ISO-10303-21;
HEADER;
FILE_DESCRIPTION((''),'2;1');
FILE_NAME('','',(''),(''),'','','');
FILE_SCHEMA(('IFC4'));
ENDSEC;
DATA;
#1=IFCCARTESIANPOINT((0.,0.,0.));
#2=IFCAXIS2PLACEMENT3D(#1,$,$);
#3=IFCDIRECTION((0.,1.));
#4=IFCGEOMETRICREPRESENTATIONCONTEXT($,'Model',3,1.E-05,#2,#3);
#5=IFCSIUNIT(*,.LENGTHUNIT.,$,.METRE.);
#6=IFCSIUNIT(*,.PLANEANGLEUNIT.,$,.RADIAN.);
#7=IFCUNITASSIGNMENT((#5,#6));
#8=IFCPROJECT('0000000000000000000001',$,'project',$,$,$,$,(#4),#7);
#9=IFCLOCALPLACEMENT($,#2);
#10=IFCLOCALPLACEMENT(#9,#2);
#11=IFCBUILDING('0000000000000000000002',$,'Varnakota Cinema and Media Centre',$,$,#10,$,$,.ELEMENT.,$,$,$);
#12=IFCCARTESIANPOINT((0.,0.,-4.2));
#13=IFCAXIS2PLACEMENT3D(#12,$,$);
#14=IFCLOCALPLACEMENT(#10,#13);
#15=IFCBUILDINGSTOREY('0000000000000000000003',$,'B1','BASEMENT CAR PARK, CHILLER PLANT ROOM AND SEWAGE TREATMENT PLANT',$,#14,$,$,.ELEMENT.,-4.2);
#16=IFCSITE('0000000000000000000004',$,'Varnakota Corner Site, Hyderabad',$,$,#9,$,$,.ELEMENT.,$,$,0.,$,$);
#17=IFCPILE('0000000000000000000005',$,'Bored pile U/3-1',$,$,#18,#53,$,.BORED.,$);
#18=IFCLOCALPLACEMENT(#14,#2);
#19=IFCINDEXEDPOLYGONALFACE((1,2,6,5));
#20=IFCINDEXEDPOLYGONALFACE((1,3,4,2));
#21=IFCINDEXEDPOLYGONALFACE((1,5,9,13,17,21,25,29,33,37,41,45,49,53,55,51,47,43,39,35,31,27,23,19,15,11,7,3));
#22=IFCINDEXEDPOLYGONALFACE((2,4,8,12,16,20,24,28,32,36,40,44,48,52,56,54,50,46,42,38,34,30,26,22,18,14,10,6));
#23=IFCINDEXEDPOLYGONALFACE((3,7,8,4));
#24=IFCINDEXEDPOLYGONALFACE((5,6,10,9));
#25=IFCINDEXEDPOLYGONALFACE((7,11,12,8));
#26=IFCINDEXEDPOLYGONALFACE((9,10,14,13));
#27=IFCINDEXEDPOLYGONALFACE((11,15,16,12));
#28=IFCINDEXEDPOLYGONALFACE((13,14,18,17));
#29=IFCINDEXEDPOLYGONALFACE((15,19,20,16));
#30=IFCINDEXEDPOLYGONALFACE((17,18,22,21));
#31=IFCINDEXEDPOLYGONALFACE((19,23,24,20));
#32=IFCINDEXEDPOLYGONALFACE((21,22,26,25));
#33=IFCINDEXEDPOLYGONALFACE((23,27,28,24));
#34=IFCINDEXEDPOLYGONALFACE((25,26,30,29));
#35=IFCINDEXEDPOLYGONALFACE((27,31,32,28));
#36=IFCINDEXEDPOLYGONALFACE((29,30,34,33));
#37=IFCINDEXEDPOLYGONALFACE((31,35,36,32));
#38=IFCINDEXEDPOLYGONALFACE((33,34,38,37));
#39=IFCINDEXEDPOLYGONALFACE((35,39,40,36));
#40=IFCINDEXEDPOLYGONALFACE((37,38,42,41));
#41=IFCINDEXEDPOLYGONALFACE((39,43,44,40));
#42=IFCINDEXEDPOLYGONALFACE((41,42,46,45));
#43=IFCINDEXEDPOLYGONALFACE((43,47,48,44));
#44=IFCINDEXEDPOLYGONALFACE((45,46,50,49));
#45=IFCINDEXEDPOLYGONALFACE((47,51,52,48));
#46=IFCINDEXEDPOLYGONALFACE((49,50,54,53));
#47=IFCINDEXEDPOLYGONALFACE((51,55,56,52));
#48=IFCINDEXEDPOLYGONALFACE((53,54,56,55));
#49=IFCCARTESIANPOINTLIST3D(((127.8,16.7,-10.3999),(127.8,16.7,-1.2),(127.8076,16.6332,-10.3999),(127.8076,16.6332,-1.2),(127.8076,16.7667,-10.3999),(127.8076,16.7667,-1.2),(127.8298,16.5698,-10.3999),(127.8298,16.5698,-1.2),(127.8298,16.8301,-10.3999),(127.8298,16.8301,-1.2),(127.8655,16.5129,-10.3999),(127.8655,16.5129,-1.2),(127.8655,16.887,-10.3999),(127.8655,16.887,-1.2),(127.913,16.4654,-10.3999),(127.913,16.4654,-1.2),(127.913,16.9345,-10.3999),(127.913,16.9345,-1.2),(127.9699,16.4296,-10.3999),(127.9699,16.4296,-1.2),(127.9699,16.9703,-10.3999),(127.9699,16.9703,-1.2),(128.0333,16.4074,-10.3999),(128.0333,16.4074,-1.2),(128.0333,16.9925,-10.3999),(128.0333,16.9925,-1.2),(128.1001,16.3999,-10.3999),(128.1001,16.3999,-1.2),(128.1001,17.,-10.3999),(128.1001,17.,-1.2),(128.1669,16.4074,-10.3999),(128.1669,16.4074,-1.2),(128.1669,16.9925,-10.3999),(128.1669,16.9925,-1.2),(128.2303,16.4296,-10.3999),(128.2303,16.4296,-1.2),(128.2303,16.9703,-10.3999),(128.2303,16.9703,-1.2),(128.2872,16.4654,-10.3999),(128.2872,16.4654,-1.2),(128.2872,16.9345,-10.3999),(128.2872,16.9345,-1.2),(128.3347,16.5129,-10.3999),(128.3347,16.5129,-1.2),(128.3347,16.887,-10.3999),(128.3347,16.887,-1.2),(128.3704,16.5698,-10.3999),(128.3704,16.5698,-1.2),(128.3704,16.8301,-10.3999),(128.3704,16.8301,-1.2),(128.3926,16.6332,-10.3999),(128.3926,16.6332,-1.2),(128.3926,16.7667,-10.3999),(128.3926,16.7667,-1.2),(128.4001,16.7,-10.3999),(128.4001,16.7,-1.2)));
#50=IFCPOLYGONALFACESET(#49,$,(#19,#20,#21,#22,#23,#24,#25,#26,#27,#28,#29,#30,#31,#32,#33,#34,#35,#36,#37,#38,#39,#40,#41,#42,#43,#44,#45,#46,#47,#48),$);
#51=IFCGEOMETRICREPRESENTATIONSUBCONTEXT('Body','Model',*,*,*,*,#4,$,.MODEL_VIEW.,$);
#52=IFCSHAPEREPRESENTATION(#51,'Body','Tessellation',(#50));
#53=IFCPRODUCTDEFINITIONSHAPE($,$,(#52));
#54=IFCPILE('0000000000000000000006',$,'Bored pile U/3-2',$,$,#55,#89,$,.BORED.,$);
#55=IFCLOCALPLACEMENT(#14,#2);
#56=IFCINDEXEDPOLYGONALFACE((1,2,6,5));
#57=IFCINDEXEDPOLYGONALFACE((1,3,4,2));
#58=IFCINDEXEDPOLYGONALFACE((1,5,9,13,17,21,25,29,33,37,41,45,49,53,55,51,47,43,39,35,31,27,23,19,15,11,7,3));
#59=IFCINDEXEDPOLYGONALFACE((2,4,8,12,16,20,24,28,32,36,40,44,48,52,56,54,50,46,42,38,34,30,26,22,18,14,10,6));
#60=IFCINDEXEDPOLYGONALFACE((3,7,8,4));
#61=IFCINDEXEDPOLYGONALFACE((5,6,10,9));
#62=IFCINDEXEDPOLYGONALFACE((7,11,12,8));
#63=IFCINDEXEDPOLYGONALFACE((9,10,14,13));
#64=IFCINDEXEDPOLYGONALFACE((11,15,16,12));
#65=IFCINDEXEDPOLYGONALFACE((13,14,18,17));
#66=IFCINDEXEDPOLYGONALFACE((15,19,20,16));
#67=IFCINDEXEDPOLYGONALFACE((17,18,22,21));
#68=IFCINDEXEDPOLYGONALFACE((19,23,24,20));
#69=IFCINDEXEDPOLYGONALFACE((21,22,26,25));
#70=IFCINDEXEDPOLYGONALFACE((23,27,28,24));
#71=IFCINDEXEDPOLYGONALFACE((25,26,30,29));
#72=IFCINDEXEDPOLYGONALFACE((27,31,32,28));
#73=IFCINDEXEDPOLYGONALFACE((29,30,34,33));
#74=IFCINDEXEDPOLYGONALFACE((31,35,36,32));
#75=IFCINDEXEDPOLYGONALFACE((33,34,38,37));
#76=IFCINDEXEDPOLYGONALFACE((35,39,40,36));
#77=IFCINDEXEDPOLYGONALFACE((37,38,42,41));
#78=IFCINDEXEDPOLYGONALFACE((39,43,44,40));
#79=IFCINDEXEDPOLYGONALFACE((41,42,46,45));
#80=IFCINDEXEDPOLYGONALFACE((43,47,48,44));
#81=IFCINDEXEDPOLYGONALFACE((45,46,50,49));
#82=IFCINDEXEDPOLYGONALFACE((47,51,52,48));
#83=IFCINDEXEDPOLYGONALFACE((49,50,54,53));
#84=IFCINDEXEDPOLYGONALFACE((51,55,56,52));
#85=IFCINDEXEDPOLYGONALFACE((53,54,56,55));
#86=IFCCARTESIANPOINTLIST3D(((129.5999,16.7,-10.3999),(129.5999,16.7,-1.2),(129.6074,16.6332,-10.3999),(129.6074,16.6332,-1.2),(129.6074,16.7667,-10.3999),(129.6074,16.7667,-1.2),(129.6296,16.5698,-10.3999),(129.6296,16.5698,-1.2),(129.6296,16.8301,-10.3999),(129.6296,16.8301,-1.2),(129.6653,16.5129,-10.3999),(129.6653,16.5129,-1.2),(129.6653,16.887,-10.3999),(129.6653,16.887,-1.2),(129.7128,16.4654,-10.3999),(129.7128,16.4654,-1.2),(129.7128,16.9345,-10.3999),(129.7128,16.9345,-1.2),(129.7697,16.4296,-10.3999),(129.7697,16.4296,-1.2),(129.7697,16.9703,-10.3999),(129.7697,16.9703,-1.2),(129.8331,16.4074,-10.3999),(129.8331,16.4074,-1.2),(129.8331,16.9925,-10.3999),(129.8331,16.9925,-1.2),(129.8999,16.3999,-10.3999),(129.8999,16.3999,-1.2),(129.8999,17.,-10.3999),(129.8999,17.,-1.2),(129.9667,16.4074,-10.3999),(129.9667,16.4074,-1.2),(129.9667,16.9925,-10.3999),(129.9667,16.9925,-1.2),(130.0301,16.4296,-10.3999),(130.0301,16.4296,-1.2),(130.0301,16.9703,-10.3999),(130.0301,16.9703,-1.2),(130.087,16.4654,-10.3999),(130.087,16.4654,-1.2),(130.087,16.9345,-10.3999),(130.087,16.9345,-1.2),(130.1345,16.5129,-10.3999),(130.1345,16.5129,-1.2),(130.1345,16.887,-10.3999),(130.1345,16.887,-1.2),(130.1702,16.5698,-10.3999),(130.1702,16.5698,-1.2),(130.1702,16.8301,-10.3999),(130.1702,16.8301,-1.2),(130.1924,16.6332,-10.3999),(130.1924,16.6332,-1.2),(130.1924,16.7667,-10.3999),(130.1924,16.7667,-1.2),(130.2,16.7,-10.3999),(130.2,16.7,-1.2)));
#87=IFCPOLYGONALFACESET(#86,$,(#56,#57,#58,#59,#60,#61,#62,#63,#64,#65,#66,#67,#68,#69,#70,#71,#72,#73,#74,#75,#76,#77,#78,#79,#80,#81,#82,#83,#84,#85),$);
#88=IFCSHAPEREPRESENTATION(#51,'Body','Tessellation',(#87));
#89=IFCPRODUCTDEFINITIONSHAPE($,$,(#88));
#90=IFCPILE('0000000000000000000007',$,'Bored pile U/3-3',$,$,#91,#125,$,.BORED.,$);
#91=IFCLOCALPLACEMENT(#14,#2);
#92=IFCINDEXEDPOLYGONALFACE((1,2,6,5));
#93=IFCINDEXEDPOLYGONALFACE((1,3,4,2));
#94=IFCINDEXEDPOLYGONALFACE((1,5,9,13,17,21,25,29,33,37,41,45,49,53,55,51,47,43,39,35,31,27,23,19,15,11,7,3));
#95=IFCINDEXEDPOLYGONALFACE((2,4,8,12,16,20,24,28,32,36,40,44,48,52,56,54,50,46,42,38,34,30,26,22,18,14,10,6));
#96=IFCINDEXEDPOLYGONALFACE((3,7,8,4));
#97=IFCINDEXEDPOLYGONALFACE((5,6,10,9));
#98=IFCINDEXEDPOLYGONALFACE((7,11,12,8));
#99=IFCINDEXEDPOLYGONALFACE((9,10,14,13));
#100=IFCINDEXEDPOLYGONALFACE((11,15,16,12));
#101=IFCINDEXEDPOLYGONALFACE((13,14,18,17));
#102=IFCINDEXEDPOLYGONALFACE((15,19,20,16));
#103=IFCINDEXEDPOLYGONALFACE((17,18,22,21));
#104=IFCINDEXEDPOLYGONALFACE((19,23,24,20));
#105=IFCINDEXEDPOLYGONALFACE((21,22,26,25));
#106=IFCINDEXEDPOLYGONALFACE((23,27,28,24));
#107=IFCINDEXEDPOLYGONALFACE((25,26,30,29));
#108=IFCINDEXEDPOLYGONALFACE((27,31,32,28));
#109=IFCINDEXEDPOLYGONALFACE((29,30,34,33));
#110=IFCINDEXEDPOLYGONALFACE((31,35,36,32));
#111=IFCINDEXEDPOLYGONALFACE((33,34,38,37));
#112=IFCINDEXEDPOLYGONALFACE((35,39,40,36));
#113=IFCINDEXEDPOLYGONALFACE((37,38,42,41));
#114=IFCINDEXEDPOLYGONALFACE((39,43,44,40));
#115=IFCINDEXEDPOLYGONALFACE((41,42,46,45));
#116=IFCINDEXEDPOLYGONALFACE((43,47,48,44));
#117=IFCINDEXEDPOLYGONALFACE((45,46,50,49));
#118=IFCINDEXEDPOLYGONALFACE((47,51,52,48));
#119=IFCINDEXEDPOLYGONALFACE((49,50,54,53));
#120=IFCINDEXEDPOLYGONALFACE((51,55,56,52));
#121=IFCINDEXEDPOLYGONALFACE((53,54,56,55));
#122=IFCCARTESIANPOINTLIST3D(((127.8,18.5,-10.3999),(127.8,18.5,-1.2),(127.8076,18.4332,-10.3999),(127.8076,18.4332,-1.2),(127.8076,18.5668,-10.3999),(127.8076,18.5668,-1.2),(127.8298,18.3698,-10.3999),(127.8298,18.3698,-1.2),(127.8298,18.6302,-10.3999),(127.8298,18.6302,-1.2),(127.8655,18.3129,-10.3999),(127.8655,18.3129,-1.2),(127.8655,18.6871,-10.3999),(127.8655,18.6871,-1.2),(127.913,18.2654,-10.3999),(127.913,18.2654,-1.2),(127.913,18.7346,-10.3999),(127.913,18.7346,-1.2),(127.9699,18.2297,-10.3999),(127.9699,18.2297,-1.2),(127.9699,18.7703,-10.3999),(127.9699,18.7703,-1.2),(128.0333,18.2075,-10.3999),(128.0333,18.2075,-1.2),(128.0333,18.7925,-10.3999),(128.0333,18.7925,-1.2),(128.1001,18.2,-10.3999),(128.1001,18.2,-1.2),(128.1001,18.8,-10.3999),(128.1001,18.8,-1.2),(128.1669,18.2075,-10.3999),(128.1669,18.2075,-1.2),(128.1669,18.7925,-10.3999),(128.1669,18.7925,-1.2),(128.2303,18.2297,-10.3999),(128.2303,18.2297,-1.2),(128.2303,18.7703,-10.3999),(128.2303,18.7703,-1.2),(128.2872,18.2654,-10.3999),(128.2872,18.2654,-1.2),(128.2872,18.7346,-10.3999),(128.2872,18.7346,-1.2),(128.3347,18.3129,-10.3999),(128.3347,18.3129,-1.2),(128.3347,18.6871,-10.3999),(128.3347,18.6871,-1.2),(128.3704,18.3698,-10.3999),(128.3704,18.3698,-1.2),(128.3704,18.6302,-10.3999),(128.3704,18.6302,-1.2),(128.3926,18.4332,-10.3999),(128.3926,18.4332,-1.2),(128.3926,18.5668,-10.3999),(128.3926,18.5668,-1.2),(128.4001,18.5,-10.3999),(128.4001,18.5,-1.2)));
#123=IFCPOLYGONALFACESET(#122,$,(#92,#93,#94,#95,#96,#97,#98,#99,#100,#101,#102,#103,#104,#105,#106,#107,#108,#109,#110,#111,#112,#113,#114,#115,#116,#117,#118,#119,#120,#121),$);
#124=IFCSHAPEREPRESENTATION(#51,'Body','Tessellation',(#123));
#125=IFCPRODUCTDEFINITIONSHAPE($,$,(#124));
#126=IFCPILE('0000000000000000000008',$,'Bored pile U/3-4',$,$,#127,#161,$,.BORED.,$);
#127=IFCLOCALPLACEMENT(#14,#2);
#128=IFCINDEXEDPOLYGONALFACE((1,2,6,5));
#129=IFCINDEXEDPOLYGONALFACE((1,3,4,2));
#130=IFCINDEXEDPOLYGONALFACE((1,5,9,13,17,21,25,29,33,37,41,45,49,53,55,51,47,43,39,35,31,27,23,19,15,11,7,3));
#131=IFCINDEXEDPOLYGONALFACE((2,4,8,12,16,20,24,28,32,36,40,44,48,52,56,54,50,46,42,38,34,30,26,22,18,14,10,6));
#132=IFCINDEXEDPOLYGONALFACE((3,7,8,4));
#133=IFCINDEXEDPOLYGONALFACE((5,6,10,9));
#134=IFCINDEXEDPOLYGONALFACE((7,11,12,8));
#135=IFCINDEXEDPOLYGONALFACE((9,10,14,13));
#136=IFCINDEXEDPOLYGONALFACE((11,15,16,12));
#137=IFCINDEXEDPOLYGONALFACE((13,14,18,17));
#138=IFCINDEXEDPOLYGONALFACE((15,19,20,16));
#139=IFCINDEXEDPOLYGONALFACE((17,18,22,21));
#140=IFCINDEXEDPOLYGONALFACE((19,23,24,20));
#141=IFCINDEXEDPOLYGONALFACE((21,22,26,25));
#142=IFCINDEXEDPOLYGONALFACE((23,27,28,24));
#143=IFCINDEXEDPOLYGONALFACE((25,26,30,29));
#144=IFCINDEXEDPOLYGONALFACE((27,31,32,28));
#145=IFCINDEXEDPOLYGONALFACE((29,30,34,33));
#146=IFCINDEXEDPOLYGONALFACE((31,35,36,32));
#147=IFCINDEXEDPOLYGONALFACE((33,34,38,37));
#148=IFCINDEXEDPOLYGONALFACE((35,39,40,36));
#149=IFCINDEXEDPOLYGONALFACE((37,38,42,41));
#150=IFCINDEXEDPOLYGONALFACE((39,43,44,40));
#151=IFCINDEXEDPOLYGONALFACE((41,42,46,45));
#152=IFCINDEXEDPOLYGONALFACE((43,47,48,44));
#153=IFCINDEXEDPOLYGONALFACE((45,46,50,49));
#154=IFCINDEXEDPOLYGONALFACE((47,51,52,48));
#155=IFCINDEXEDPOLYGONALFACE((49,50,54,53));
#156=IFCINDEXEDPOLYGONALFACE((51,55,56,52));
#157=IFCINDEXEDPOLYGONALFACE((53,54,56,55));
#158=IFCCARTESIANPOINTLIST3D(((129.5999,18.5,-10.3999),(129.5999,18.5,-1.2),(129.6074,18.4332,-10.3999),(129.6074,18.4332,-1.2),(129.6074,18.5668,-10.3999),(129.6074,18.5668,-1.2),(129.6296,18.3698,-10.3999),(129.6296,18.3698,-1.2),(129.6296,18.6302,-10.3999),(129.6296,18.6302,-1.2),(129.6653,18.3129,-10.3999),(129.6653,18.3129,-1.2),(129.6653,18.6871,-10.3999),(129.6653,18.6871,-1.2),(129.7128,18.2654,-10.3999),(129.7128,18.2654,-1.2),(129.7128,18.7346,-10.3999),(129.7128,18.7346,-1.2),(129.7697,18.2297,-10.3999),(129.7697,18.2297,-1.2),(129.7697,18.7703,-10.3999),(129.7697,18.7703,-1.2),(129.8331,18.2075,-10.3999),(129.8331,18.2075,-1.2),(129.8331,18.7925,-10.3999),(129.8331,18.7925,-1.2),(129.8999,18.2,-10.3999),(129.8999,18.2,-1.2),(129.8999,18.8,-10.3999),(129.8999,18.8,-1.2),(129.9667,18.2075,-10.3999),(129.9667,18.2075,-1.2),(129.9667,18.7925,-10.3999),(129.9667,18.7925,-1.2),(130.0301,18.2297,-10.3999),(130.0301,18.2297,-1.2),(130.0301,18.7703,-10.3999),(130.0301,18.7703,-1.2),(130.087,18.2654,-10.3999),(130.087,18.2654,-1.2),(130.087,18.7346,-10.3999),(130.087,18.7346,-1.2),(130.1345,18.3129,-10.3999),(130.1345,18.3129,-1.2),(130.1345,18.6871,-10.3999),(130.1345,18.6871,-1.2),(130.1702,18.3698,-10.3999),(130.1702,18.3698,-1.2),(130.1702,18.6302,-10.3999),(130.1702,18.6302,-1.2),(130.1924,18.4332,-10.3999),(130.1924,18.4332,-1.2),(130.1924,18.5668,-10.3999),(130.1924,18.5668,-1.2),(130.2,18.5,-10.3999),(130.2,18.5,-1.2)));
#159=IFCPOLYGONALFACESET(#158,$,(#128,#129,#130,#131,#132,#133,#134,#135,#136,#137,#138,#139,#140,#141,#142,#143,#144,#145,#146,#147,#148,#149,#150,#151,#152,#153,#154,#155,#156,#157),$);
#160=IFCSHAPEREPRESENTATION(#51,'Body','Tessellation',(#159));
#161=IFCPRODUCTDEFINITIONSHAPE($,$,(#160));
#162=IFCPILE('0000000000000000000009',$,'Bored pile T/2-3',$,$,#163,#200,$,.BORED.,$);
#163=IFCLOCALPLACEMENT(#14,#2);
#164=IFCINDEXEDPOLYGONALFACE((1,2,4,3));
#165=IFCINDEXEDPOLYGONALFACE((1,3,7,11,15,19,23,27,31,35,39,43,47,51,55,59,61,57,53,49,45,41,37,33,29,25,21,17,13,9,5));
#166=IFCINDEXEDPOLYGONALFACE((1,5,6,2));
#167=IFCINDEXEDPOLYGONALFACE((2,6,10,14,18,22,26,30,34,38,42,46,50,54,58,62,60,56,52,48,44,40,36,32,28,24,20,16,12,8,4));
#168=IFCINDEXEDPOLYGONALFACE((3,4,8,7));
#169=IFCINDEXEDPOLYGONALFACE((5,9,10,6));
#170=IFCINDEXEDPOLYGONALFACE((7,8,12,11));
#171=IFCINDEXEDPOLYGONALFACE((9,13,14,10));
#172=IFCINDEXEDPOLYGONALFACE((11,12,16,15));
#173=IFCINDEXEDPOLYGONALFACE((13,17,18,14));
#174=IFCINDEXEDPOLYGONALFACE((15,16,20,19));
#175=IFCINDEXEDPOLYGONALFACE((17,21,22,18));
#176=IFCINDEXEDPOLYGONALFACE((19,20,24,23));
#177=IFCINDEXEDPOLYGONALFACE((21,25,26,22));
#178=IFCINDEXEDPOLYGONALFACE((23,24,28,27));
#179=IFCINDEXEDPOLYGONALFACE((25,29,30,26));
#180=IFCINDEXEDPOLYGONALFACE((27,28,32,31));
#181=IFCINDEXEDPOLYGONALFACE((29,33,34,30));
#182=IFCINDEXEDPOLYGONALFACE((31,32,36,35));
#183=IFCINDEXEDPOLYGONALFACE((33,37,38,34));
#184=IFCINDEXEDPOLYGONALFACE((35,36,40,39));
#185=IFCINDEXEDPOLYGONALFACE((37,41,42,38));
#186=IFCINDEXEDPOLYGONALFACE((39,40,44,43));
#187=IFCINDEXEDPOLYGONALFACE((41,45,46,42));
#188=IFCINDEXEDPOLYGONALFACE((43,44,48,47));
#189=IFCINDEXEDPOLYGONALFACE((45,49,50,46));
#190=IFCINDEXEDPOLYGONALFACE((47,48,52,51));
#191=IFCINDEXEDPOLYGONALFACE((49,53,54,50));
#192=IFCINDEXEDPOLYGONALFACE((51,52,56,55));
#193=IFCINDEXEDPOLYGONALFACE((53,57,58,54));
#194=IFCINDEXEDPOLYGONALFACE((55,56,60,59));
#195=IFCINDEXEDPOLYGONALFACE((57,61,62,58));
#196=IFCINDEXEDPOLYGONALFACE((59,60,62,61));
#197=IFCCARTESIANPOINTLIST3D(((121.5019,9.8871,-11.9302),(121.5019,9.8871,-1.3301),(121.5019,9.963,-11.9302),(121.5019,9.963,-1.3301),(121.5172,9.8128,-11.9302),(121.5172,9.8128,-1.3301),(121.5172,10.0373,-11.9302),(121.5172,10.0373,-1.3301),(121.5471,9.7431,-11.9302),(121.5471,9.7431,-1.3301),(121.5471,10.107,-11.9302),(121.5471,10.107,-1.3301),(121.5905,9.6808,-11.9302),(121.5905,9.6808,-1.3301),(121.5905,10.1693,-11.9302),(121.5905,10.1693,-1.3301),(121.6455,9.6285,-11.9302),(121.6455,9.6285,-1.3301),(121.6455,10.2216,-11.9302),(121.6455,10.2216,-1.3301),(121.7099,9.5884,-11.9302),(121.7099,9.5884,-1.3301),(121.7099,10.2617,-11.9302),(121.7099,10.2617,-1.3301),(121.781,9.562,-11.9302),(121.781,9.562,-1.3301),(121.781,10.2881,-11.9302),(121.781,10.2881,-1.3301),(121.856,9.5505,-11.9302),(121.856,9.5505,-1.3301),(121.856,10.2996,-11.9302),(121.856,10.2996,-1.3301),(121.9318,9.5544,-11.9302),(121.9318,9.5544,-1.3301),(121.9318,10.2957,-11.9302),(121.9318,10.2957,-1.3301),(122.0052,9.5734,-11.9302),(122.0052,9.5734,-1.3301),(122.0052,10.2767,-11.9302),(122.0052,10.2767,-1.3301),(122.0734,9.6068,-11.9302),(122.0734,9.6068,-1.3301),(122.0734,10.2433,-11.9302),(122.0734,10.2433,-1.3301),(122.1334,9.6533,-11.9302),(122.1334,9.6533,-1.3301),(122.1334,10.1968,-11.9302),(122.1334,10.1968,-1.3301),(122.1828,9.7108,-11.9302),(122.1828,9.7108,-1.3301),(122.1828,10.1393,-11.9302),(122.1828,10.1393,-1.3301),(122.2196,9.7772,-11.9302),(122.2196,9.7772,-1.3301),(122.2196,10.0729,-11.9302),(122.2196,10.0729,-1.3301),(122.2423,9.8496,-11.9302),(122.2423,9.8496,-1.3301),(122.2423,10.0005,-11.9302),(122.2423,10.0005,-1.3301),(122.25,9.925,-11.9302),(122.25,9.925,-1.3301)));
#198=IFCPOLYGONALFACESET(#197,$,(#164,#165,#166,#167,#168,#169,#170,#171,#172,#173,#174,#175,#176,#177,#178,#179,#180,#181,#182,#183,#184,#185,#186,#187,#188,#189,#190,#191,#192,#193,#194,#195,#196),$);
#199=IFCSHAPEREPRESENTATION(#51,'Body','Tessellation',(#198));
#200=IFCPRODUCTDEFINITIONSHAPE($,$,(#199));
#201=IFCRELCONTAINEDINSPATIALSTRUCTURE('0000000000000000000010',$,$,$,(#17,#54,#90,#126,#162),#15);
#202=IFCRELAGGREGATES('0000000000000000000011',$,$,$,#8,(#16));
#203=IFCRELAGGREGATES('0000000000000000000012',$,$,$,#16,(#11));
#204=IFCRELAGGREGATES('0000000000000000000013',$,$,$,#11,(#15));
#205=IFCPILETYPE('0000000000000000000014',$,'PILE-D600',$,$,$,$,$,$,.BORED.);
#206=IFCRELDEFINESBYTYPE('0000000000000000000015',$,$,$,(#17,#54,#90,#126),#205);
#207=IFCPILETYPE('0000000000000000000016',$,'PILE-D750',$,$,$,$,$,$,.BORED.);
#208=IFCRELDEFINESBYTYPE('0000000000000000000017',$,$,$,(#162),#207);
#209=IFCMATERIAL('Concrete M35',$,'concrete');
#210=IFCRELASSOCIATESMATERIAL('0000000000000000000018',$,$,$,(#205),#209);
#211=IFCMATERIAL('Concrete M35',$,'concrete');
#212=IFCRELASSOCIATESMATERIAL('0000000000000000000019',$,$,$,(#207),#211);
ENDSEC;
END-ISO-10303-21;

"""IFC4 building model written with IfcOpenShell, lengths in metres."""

from ifc_helpers import new_model, si_unit, direction, frame, origin, origin_2d, place, context, subcontext, project, spatial, circle, extrude, material, material_profile, profile_set, type_object, element, save


model = new_model("IFC4")

# Units and contexts
model_context = context("Model", 3, precision=1e-05, world=origin(), true_north=direction((0.0, 1.0)))
body_context = subcontext(model_context, "Body", "Model", "MODEL_VIEW")
ifc_project = project(units=[si_unit("LENGTHUNIT", "METRE"), si_unit("PLANEANGLEUNIT", "RADIAN")], contexts=[model_context])

# Site, building, storey
site_placement = place(None, origin())
site = spatial("IfcSite", under=ifc_project, at=site_placement, Name="Varnakota Corner Site, Hyderabad", CompositionType="ELEMENT", RefElevation=0.0)
building_placement = place(site_placement, origin())
building = spatial("IfcBuilding", under=site, at=building_placement, Name="Varnakota Cinema and Media Centre", CompositionType="ELEMENT")
storey_placement = place(building_placement, frame((0.0, 0.0, -4.2)))
storey = spatial("IfcBuildingStorey", under=building, at=storey_placement, Name="B1", Description="BASEMENT CAR PARK, CHILLER PLANT ROOM AND SEWAGE TREATMENT PLANT", CompositionType="ELEMENT", Elevation=-4.2)

# Piles
ifc_material_1 = material(Name="Concrete M35", Category="concrete")
ifc_material_profile_1 = material_profile(ifc_material_1, circle(Radius=0.3, at=origin_2d()), Name="PILE D600")
ifc_profile_set_1 = profile_set([ifc_material_profile_1], Name="Concrete M35")
pile_type_1 = type_object("IfcPileType", Name="PILE-D600", PredefinedType="BORED", material=ifc_profile_set_1)
for number, where, z_axis, x_axis, name in (
    (1, (128.1001, 16.7, -1.2), (0.0, 0.0, -1.0), (1.0, 0.0, 0.0), "Bored pile U/3-1"),
    (2, (129.8999, 16.7, -1.2), (0.0, 0.0, -1.0), (1.0, 0.0, 0.0), "Bored pile U/3-2"),
    (3, (128.1001, 18.5, -1.2), (0.0, 0.0, -1.0), (1.0, 0.0, 0.0), "Bored pile U/3-3"),
    (4, (129.8999, 18.5, -1.2), (0.0, 0.0, -1.0), (1.0, 0.0, 0.0), "Bored pile U/3-4"),
):
    element("IfcPile", number, at=place(storey_placement, frame(where, z_axis=z_axis, x_axis=x_axis)), inside=storey, type_object=pile_type_1, Name=name, PredefinedType="BORED", context=body_context, shape_type="SweptSolid", body=[
        extrude(circle(Radius=0.3, at=origin_2d()), origin(), (0.0, 0.0, 1.0), 9.2),
    ])
ifc_material_2 = material(Name="Concrete M35", Category="concrete")
ifc_material_profile_2 = material_profile(ifc_material_2, circle(Radius=0.375, at=origin_2d()), Name="PILE D750")
ifc_profile_set_2 = profile_set([ifc_material_profile_2], Name="Concrete M35")
pile_type_2 = type_object("IfcPileType", Name="PILE-D750", PredefinedType="BORED", material=ifc_profile_set_2)
for number, where, z_axis, x_axis, name in (
    (5, (121.875, 9.925, -1.3301), (0.0, 0.0, -1.0), (1.0, 0.0, 0.0), "Bored pile T/2-3"),
):
    element("IfcPile", number, at=place(storey_placement, frame(where, z_axis=z_axis, x_axis=x_axis)), inside=storey, type_object=pile_type_2, Name=name, PredefinedType="BORED", context=body_context, shape_type="SweptSolid", body=[
        extrude(circle(Radius=0.375, at=origin_2d()), origin(), (0.0, 0.0, 1.0), 10.6001),
    ])

save(model, "model.ifc")
